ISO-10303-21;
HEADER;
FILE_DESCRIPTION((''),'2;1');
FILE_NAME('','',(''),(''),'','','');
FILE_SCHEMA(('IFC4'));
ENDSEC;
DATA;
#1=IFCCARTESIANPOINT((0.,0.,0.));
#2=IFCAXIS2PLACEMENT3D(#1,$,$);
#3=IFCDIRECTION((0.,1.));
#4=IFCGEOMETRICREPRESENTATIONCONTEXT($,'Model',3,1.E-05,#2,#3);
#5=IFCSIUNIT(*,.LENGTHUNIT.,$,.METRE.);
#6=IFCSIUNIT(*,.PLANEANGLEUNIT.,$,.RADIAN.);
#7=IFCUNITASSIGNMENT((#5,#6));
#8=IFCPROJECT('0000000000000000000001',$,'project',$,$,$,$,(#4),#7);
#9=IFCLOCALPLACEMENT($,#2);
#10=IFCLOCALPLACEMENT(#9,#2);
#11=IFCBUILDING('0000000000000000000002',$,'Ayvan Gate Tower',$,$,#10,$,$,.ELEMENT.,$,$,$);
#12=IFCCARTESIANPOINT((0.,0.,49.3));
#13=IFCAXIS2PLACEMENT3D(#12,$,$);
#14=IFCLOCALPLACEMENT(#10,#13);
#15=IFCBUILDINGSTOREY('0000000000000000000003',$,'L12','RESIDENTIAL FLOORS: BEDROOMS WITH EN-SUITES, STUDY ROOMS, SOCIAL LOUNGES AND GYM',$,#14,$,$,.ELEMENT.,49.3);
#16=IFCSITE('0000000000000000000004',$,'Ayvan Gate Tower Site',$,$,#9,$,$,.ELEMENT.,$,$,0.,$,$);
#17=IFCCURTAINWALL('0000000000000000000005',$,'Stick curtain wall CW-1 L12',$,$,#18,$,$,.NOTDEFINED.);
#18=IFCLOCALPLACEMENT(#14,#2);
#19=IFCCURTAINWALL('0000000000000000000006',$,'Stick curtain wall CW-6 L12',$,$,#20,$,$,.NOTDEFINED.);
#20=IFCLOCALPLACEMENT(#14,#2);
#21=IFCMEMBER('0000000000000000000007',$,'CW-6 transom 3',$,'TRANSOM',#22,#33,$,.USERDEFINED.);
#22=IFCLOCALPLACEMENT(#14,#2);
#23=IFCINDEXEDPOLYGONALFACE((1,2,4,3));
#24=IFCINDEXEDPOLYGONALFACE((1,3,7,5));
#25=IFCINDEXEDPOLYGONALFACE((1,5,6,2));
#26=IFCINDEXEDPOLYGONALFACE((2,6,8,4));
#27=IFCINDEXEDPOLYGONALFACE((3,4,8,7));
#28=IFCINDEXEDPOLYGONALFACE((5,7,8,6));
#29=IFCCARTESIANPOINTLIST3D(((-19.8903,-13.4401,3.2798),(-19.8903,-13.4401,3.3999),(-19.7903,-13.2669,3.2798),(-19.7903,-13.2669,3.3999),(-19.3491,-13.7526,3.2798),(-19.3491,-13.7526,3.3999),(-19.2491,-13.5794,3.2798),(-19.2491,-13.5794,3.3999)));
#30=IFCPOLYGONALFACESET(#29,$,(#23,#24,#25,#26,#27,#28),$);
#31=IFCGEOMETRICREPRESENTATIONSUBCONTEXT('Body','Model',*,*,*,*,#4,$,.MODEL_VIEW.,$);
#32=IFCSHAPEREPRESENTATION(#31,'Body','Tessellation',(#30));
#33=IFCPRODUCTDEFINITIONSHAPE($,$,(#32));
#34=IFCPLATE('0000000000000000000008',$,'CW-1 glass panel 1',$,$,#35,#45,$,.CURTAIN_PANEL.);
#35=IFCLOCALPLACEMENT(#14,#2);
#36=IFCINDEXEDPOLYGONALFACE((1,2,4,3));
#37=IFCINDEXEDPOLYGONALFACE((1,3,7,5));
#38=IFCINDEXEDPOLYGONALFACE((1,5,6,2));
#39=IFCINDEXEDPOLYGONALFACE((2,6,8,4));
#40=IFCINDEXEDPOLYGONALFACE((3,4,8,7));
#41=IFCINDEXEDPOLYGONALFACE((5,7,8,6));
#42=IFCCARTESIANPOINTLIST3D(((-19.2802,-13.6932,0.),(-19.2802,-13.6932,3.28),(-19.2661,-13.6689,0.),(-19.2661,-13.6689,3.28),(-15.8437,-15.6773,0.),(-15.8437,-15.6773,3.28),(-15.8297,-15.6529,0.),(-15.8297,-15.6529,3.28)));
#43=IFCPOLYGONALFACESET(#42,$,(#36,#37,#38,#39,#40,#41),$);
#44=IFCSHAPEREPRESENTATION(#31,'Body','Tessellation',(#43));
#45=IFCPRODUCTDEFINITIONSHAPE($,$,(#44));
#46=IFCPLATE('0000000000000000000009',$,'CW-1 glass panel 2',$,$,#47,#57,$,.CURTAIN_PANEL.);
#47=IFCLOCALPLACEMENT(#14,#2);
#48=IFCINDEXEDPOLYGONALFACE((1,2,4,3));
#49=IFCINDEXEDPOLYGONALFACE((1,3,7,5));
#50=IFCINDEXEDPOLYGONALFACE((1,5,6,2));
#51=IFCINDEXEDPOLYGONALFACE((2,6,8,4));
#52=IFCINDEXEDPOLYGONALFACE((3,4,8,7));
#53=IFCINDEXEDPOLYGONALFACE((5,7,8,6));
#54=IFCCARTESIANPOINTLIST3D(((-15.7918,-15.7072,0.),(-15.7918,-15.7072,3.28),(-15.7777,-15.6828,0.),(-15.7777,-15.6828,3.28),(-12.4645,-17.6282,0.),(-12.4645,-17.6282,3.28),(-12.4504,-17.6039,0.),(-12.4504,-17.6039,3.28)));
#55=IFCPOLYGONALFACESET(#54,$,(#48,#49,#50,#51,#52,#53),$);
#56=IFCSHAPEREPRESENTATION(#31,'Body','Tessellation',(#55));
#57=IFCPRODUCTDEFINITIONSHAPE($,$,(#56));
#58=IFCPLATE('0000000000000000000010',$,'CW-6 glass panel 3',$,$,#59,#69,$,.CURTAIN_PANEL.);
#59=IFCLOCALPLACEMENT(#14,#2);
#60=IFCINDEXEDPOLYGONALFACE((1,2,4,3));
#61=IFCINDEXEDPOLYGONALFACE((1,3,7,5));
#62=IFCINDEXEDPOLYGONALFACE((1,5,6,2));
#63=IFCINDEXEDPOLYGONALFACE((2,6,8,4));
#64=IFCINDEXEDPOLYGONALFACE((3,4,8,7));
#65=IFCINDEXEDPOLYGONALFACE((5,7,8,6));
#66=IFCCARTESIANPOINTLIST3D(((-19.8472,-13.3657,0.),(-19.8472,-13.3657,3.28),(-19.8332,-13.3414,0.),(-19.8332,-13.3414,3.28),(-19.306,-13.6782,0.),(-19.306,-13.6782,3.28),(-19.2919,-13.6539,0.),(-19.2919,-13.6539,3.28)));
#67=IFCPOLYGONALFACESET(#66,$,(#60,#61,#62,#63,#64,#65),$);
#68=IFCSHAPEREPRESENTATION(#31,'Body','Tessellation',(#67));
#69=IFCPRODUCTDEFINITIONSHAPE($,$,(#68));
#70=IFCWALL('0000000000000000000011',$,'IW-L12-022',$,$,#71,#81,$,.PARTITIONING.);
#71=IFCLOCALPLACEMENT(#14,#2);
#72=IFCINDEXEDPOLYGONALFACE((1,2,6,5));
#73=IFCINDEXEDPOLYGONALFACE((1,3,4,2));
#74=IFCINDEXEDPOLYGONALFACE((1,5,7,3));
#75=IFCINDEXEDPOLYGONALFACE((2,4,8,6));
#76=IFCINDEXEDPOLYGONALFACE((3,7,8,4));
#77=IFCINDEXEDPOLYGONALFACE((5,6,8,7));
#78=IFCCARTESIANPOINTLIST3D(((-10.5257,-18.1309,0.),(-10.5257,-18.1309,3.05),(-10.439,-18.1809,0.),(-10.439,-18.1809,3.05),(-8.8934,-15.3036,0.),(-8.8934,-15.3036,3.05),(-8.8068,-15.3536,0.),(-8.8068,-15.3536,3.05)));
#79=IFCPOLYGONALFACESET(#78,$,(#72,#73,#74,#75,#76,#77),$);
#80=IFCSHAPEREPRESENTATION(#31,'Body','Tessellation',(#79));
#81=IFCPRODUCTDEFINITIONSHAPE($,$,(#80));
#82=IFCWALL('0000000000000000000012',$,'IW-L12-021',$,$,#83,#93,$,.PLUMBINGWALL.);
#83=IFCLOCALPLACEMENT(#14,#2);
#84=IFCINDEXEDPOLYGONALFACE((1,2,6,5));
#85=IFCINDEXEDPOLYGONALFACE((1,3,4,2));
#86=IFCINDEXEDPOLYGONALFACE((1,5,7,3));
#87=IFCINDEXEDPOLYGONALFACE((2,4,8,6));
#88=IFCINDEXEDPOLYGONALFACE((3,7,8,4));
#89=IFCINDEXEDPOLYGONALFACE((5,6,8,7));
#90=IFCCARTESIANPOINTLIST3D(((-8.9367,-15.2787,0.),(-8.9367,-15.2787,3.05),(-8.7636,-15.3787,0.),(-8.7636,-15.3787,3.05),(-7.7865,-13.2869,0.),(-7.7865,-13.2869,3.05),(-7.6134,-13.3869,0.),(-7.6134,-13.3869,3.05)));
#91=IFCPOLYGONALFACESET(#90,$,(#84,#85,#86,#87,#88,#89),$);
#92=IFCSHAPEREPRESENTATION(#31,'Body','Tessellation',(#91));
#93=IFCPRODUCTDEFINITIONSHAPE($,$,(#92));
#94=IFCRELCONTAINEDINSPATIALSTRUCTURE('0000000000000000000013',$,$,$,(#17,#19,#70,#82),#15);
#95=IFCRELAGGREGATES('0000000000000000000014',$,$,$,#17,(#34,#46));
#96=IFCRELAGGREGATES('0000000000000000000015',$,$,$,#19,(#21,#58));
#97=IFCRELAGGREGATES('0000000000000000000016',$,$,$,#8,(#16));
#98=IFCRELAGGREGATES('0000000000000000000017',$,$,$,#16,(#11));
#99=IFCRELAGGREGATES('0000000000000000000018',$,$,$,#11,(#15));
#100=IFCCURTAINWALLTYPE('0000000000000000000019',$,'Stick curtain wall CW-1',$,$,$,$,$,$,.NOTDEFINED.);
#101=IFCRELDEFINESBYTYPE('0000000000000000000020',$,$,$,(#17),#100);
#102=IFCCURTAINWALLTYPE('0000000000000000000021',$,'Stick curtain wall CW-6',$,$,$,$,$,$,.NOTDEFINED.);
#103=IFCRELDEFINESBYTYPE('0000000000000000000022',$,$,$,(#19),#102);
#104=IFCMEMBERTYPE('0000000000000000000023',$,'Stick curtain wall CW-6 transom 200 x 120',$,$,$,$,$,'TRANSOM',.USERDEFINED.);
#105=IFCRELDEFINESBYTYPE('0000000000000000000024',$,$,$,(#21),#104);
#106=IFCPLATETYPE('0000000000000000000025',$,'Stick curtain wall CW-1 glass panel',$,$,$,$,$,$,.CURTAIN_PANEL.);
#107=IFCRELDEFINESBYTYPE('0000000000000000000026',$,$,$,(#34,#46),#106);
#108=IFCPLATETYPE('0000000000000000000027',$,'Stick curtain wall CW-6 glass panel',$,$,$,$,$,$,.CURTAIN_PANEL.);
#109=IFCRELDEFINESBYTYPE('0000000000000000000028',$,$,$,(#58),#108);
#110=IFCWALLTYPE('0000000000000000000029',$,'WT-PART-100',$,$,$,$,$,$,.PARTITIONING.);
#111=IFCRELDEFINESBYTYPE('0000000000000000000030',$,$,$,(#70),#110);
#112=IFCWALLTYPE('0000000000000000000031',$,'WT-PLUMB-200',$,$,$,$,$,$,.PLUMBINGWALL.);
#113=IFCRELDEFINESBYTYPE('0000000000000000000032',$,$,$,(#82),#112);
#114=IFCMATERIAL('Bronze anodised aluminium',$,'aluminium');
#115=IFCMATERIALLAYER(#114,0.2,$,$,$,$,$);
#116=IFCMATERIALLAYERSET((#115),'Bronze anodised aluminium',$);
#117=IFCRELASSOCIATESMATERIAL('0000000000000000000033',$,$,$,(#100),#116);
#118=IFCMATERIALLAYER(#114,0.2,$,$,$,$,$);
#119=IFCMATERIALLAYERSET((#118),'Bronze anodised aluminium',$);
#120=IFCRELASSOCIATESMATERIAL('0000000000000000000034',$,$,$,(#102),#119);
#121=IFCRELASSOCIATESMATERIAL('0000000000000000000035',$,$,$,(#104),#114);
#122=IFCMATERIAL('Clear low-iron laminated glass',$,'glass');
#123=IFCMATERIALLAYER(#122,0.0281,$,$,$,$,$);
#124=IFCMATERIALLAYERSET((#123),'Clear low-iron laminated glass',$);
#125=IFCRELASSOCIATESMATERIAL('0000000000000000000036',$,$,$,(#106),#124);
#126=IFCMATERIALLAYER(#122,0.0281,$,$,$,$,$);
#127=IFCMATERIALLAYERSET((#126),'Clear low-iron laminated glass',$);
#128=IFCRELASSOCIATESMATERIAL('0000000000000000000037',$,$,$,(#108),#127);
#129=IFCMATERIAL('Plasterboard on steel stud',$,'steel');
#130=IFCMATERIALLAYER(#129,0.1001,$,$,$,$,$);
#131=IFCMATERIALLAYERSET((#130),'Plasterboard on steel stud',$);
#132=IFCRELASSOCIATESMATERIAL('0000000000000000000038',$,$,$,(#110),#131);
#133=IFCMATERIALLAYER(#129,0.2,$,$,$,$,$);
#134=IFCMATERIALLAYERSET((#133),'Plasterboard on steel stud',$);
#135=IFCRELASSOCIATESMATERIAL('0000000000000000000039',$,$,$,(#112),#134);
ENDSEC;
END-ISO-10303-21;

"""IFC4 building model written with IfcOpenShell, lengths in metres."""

from ifc_helpers import new_model, si_unit, direction, frame, frame_2d, origin, origin_2d, place, context, subcontext, project, spatial, rectangle, extrude, material, layer, layer_set, material_profile, profile_set, type_object, element, aggregate, save


model = new_model("IFC4")

# Units and contexts
model_context = context("Model", 3, precision=1e-05, world=origin(), true_north=direction((0.0, 1.0)))
body_context = subcontext(model_context, "Body", "Model", "MODEL_VIEW")
ifc_project = project(units=[si_unit("LENGTHUNIT", "METRE"), si_unit("PLANEANGLEUNIT", "RADIAN")], contexts=[model_context])

# Site, building, storey
site_placement = place(None, origin())
site = spatial("IfcSite", under=ifc_project, at=site_placement, Name="Ayvan Gate Tower Site", CompositionType="ELEMENT", RefElevation=0.0)
building_placement = place(site_placement, origin())
building = spatial("IfcBuilding", under=site, at=building_placement, Name="Ayvan Gate Tower", CompositionType="ELEMENT")
storey_placement = place(building_placement, frame((0.0, 0.0, 49.3)))
storey = spatial("IfcBuildingStorey", under=building, at=storey_placement, Name="L12", Description="RESIDENTIAL FLOORS: BEDROOMS WITH EN-SUITES, STUDY ROOMS, SOCIAL LOUNGES AND GYM", CompositionType="ELEMENT", Elevation=49.3)

# Curtain wall
ifc_material_1 = material(Name="Bronze anodised aluminium", Category="aluminium")
ifc_layer_1 = layer(ifc_material_1, 0.2)
ifc_layer_set_1 = layer_set([ifc_layer_1], Name="Bronze anodised aluminium")
curtain_wall_type_1 = type_object("IfcCurtainWallType", Name="Stick curtain wall CW-1", PredefinedType="NOTDEFINED", material=ifc_layer_set_1)
curtain_wall_1_placement = place(storey_placement, origin())
curtain_wall_1 = element("IfcCurtainWall", 1, at=curtain_wall_1_placement, inside=storey, type_object=curtain_wall_type_1, Name="Stick curtain wall CW-1 L12", PredefinedType="NOTDEFINED")

# Curtain wall, member
ifc_layer_2 = layer(ifc_material_1, 0.2)
ifc_layer_set_2 = layer_set([ifc_layer_2], Name="Bronze anodised aluminium")
curtain_wall_type_2 = type_object("IfcCurtainWallType", Name="Stick curtain wall CW-6", PredefinedType="NOTDEFINED", material=ifc_layer_set_2)
curtain_wall_2_placement = place(storey_placement, origin())
curtain_wall_2 = element("IfcCurtainWall", 2, at=curtain_wall_2_placement, inside=storey, type_object=curtain_wall_type_2, Name="Stick curtain wall CW-6 L12", PredefinedType="NOTDEFINED")
ifc_material_profile_1 = material_profile(ifc_material_1, rectangle(XDim=0.2, YDim=0.1201, at=origin_2d()), Name="Stick curtain wall CW-6 transom 200 x 120")
ifc_profile_set_1 = profile_set([ifc_material_profile_1], Name="Bronze anodised aluminium")
member_type_1 = type_object("IfcMemberType", Name="Stick curtain wall CW-6 transom 200 x 120", ElementType="TRANSOM", PredefinedType="USERDEFINED", material=ifc_profile_set_1)
member_1_placement = place(storey_placement, frame((-19.8403, -13.3535, 3.3398), z_axis=(0.866023, -0.500004, 0.0), x_axis=(0.500004, 0.866023, 0.0)))
member_1 = element("IfcMember", 3, at=member_1_placement, type_object=member_type_1, Name="CW-6 transom 3", ObjectType="TRANSOM", PredefinedType="USERDEFINED", context=body_context, shape_type="SweptSolid", body=[
    extrude(rectangle(XDim=0.2, YDim=0.1201, at=origin_2d()), origin(), (0.0, 0.0, 1.0), 0.625),
])

# Plates
ifc_material_2 = material(Name="Clear low-iron laminated glass", Category="glass")
ifc_layer_3 = layer(ifc_material_2, 0.0281)
ifc_layer_set_3 = layer_set([ifc_layer_3], Name="Clear low-iron laminated glass")
plate_type_1 = type_object("IfcPlateType", Name="Stick curtain wall CW-1 glass panel", PredefinedType="CURTAIN_PANEL", material=ifc_layer_set_3)
plate_1_placement = place(storey_placement, frame((-17.5549, -14.6731, 0.0), z_axis=(0.0, 0.0, 1.0), x_axis=(0.866025, -0.5, 0.0)))
plate_1 = element("IfcPlate", 4, at=plate_1_placement, type_object=plate_type_1, Name="CW-1 glass panel 1", PredefinedType="CURTAIN_PANEL", context=body_context, shape_type="SweptSolid", body=[
    extrude(rectangle(XDim=3.968, YDim=0.0281, at=origin_2d()), origin(), (0.0, 0.0, 1.0), 3.28),
])
plate_2_placement = place(storey_placement, frame((-14.1211, -16.6555, 0.0), z_axis=(0.0, 0.0, 1.0), x_axis=(0.866025, -0.5, 0.0)))
plate_2 = element("IfcPlate", 5, at=plate_2_placement, type_object=plate_type_1, Name="CW-1 glass panel 2", PredefinedType="CURTAIN_PANEL", context=body_context, shape_type="SweptSolid", body=[
    extrude(rectangle(XDim=3.842, YDim=0.0281, at=origin_2d()), origin(), (0.0, 0.0, 1.0), 3.28),
])
aggregate(curtain_wall_1, [plate_1, plate_2])
ifc_layer_4 = layer(ifc_material_2, 0.0281)
ifc_layer_set_4 = layer_set([ifc_layer_4], Name="Clear low-iron laminated glass")
plate_type_2 = type_object("IfcPlateType", Name="Stick curtain wall CW-6 glass panel", PredefinedType="CURTAIN_PANEL", material=ifc_layer_set_4)
plate_3_placement = place(storey_placement, frame((-19.5696, -13.5098, 0.0), z_axis=(0.0, 0.0, 1.0), x_axis=(0.866025, -0.5, 0.0)))
plate_3 = element("IfcPlate", 6, at=plate_3_placement, type_object=plate_type_2, Name="CW-6 glass panel 3", PredefinedType="CURTAIN_PANEL", context=body_context, shape_type="SweptSolid", body=[
    extrude(rectangle(XDim=0.625, YDim=0.0281, at=origin_2d()), origin(), (0.0, 0.0, 1.0), 3.28),
])
aggregate(curtain_wall_2, [member_1, plate_3])

# Walls
ifc_material_3 = material(Name="Plasterboard on steel stud", Category="steel")
ifc_layer_5 = layer(ifc_material_3, 0.1001)
ifc_layer_set_5 = layer_set([ifc_layer_5], Name="Plasterboard on steel stud")
wall_type_1 = type_object("IfcWallType", Name="WT-PART-100", PredefinedType="PARTITIONING", material=ifc_layer_set_5)
wall_1_placement = place(storey_placement, frame((-8.8501, -15.3286, 0.0), z_axis=(0.0, 0.0, 1.0), x_axis=(-0.499984, -0.866035, 0.0)))
element("IfcWall", 7, at=wall_1_placement, inside=storey, type_object=wall_type_1, Name="IW-L12-022", PredefinedType="PARTITIONING", context=body_context, shape_type="SweptSolid", body=[
    extrude(rectangle(XDim=3.2646, YDim=0.1001, at=frame_2d((1.6323, 0.0))), origin(), (0.0, 0.0, 1.0), 3.05),
])
ifc_layer_6 = layer(ifc_material_3, 0.2)
ifc_layer_set_6 = layer_set([ifc_layer_6], Name="Plasterboard on steel stud")
wall_type_2 = type_object("IfcWallType", Name="WT-PLUMB-200", PredefinedType="PLUMBINGWALL", material=ifc_layer_set_6)
wall_2_placement = place(storey_placement, frame((-8.8501, -15.3286, 0.0), z_axis=(0.0, 0.0, 1.0), x_axis=(0.500078, 0.865981, 0.0)))
element("IfcWall", 8, at=wall_2_placement, inside=storey, type_object=wall_type_2, Name="IW-L12-021", PredefinedType="PLUMBINGWALL", context=body_context, shape_type="SweptSolid", body=[
    extrude(rectangle(XDim=2.3, YDim=0.2, at=frame_2d((1.1499, 0.0))), origin(), (0.0, 0.0, 1.0), 3.05),
])

save(model, "model.ifc")
